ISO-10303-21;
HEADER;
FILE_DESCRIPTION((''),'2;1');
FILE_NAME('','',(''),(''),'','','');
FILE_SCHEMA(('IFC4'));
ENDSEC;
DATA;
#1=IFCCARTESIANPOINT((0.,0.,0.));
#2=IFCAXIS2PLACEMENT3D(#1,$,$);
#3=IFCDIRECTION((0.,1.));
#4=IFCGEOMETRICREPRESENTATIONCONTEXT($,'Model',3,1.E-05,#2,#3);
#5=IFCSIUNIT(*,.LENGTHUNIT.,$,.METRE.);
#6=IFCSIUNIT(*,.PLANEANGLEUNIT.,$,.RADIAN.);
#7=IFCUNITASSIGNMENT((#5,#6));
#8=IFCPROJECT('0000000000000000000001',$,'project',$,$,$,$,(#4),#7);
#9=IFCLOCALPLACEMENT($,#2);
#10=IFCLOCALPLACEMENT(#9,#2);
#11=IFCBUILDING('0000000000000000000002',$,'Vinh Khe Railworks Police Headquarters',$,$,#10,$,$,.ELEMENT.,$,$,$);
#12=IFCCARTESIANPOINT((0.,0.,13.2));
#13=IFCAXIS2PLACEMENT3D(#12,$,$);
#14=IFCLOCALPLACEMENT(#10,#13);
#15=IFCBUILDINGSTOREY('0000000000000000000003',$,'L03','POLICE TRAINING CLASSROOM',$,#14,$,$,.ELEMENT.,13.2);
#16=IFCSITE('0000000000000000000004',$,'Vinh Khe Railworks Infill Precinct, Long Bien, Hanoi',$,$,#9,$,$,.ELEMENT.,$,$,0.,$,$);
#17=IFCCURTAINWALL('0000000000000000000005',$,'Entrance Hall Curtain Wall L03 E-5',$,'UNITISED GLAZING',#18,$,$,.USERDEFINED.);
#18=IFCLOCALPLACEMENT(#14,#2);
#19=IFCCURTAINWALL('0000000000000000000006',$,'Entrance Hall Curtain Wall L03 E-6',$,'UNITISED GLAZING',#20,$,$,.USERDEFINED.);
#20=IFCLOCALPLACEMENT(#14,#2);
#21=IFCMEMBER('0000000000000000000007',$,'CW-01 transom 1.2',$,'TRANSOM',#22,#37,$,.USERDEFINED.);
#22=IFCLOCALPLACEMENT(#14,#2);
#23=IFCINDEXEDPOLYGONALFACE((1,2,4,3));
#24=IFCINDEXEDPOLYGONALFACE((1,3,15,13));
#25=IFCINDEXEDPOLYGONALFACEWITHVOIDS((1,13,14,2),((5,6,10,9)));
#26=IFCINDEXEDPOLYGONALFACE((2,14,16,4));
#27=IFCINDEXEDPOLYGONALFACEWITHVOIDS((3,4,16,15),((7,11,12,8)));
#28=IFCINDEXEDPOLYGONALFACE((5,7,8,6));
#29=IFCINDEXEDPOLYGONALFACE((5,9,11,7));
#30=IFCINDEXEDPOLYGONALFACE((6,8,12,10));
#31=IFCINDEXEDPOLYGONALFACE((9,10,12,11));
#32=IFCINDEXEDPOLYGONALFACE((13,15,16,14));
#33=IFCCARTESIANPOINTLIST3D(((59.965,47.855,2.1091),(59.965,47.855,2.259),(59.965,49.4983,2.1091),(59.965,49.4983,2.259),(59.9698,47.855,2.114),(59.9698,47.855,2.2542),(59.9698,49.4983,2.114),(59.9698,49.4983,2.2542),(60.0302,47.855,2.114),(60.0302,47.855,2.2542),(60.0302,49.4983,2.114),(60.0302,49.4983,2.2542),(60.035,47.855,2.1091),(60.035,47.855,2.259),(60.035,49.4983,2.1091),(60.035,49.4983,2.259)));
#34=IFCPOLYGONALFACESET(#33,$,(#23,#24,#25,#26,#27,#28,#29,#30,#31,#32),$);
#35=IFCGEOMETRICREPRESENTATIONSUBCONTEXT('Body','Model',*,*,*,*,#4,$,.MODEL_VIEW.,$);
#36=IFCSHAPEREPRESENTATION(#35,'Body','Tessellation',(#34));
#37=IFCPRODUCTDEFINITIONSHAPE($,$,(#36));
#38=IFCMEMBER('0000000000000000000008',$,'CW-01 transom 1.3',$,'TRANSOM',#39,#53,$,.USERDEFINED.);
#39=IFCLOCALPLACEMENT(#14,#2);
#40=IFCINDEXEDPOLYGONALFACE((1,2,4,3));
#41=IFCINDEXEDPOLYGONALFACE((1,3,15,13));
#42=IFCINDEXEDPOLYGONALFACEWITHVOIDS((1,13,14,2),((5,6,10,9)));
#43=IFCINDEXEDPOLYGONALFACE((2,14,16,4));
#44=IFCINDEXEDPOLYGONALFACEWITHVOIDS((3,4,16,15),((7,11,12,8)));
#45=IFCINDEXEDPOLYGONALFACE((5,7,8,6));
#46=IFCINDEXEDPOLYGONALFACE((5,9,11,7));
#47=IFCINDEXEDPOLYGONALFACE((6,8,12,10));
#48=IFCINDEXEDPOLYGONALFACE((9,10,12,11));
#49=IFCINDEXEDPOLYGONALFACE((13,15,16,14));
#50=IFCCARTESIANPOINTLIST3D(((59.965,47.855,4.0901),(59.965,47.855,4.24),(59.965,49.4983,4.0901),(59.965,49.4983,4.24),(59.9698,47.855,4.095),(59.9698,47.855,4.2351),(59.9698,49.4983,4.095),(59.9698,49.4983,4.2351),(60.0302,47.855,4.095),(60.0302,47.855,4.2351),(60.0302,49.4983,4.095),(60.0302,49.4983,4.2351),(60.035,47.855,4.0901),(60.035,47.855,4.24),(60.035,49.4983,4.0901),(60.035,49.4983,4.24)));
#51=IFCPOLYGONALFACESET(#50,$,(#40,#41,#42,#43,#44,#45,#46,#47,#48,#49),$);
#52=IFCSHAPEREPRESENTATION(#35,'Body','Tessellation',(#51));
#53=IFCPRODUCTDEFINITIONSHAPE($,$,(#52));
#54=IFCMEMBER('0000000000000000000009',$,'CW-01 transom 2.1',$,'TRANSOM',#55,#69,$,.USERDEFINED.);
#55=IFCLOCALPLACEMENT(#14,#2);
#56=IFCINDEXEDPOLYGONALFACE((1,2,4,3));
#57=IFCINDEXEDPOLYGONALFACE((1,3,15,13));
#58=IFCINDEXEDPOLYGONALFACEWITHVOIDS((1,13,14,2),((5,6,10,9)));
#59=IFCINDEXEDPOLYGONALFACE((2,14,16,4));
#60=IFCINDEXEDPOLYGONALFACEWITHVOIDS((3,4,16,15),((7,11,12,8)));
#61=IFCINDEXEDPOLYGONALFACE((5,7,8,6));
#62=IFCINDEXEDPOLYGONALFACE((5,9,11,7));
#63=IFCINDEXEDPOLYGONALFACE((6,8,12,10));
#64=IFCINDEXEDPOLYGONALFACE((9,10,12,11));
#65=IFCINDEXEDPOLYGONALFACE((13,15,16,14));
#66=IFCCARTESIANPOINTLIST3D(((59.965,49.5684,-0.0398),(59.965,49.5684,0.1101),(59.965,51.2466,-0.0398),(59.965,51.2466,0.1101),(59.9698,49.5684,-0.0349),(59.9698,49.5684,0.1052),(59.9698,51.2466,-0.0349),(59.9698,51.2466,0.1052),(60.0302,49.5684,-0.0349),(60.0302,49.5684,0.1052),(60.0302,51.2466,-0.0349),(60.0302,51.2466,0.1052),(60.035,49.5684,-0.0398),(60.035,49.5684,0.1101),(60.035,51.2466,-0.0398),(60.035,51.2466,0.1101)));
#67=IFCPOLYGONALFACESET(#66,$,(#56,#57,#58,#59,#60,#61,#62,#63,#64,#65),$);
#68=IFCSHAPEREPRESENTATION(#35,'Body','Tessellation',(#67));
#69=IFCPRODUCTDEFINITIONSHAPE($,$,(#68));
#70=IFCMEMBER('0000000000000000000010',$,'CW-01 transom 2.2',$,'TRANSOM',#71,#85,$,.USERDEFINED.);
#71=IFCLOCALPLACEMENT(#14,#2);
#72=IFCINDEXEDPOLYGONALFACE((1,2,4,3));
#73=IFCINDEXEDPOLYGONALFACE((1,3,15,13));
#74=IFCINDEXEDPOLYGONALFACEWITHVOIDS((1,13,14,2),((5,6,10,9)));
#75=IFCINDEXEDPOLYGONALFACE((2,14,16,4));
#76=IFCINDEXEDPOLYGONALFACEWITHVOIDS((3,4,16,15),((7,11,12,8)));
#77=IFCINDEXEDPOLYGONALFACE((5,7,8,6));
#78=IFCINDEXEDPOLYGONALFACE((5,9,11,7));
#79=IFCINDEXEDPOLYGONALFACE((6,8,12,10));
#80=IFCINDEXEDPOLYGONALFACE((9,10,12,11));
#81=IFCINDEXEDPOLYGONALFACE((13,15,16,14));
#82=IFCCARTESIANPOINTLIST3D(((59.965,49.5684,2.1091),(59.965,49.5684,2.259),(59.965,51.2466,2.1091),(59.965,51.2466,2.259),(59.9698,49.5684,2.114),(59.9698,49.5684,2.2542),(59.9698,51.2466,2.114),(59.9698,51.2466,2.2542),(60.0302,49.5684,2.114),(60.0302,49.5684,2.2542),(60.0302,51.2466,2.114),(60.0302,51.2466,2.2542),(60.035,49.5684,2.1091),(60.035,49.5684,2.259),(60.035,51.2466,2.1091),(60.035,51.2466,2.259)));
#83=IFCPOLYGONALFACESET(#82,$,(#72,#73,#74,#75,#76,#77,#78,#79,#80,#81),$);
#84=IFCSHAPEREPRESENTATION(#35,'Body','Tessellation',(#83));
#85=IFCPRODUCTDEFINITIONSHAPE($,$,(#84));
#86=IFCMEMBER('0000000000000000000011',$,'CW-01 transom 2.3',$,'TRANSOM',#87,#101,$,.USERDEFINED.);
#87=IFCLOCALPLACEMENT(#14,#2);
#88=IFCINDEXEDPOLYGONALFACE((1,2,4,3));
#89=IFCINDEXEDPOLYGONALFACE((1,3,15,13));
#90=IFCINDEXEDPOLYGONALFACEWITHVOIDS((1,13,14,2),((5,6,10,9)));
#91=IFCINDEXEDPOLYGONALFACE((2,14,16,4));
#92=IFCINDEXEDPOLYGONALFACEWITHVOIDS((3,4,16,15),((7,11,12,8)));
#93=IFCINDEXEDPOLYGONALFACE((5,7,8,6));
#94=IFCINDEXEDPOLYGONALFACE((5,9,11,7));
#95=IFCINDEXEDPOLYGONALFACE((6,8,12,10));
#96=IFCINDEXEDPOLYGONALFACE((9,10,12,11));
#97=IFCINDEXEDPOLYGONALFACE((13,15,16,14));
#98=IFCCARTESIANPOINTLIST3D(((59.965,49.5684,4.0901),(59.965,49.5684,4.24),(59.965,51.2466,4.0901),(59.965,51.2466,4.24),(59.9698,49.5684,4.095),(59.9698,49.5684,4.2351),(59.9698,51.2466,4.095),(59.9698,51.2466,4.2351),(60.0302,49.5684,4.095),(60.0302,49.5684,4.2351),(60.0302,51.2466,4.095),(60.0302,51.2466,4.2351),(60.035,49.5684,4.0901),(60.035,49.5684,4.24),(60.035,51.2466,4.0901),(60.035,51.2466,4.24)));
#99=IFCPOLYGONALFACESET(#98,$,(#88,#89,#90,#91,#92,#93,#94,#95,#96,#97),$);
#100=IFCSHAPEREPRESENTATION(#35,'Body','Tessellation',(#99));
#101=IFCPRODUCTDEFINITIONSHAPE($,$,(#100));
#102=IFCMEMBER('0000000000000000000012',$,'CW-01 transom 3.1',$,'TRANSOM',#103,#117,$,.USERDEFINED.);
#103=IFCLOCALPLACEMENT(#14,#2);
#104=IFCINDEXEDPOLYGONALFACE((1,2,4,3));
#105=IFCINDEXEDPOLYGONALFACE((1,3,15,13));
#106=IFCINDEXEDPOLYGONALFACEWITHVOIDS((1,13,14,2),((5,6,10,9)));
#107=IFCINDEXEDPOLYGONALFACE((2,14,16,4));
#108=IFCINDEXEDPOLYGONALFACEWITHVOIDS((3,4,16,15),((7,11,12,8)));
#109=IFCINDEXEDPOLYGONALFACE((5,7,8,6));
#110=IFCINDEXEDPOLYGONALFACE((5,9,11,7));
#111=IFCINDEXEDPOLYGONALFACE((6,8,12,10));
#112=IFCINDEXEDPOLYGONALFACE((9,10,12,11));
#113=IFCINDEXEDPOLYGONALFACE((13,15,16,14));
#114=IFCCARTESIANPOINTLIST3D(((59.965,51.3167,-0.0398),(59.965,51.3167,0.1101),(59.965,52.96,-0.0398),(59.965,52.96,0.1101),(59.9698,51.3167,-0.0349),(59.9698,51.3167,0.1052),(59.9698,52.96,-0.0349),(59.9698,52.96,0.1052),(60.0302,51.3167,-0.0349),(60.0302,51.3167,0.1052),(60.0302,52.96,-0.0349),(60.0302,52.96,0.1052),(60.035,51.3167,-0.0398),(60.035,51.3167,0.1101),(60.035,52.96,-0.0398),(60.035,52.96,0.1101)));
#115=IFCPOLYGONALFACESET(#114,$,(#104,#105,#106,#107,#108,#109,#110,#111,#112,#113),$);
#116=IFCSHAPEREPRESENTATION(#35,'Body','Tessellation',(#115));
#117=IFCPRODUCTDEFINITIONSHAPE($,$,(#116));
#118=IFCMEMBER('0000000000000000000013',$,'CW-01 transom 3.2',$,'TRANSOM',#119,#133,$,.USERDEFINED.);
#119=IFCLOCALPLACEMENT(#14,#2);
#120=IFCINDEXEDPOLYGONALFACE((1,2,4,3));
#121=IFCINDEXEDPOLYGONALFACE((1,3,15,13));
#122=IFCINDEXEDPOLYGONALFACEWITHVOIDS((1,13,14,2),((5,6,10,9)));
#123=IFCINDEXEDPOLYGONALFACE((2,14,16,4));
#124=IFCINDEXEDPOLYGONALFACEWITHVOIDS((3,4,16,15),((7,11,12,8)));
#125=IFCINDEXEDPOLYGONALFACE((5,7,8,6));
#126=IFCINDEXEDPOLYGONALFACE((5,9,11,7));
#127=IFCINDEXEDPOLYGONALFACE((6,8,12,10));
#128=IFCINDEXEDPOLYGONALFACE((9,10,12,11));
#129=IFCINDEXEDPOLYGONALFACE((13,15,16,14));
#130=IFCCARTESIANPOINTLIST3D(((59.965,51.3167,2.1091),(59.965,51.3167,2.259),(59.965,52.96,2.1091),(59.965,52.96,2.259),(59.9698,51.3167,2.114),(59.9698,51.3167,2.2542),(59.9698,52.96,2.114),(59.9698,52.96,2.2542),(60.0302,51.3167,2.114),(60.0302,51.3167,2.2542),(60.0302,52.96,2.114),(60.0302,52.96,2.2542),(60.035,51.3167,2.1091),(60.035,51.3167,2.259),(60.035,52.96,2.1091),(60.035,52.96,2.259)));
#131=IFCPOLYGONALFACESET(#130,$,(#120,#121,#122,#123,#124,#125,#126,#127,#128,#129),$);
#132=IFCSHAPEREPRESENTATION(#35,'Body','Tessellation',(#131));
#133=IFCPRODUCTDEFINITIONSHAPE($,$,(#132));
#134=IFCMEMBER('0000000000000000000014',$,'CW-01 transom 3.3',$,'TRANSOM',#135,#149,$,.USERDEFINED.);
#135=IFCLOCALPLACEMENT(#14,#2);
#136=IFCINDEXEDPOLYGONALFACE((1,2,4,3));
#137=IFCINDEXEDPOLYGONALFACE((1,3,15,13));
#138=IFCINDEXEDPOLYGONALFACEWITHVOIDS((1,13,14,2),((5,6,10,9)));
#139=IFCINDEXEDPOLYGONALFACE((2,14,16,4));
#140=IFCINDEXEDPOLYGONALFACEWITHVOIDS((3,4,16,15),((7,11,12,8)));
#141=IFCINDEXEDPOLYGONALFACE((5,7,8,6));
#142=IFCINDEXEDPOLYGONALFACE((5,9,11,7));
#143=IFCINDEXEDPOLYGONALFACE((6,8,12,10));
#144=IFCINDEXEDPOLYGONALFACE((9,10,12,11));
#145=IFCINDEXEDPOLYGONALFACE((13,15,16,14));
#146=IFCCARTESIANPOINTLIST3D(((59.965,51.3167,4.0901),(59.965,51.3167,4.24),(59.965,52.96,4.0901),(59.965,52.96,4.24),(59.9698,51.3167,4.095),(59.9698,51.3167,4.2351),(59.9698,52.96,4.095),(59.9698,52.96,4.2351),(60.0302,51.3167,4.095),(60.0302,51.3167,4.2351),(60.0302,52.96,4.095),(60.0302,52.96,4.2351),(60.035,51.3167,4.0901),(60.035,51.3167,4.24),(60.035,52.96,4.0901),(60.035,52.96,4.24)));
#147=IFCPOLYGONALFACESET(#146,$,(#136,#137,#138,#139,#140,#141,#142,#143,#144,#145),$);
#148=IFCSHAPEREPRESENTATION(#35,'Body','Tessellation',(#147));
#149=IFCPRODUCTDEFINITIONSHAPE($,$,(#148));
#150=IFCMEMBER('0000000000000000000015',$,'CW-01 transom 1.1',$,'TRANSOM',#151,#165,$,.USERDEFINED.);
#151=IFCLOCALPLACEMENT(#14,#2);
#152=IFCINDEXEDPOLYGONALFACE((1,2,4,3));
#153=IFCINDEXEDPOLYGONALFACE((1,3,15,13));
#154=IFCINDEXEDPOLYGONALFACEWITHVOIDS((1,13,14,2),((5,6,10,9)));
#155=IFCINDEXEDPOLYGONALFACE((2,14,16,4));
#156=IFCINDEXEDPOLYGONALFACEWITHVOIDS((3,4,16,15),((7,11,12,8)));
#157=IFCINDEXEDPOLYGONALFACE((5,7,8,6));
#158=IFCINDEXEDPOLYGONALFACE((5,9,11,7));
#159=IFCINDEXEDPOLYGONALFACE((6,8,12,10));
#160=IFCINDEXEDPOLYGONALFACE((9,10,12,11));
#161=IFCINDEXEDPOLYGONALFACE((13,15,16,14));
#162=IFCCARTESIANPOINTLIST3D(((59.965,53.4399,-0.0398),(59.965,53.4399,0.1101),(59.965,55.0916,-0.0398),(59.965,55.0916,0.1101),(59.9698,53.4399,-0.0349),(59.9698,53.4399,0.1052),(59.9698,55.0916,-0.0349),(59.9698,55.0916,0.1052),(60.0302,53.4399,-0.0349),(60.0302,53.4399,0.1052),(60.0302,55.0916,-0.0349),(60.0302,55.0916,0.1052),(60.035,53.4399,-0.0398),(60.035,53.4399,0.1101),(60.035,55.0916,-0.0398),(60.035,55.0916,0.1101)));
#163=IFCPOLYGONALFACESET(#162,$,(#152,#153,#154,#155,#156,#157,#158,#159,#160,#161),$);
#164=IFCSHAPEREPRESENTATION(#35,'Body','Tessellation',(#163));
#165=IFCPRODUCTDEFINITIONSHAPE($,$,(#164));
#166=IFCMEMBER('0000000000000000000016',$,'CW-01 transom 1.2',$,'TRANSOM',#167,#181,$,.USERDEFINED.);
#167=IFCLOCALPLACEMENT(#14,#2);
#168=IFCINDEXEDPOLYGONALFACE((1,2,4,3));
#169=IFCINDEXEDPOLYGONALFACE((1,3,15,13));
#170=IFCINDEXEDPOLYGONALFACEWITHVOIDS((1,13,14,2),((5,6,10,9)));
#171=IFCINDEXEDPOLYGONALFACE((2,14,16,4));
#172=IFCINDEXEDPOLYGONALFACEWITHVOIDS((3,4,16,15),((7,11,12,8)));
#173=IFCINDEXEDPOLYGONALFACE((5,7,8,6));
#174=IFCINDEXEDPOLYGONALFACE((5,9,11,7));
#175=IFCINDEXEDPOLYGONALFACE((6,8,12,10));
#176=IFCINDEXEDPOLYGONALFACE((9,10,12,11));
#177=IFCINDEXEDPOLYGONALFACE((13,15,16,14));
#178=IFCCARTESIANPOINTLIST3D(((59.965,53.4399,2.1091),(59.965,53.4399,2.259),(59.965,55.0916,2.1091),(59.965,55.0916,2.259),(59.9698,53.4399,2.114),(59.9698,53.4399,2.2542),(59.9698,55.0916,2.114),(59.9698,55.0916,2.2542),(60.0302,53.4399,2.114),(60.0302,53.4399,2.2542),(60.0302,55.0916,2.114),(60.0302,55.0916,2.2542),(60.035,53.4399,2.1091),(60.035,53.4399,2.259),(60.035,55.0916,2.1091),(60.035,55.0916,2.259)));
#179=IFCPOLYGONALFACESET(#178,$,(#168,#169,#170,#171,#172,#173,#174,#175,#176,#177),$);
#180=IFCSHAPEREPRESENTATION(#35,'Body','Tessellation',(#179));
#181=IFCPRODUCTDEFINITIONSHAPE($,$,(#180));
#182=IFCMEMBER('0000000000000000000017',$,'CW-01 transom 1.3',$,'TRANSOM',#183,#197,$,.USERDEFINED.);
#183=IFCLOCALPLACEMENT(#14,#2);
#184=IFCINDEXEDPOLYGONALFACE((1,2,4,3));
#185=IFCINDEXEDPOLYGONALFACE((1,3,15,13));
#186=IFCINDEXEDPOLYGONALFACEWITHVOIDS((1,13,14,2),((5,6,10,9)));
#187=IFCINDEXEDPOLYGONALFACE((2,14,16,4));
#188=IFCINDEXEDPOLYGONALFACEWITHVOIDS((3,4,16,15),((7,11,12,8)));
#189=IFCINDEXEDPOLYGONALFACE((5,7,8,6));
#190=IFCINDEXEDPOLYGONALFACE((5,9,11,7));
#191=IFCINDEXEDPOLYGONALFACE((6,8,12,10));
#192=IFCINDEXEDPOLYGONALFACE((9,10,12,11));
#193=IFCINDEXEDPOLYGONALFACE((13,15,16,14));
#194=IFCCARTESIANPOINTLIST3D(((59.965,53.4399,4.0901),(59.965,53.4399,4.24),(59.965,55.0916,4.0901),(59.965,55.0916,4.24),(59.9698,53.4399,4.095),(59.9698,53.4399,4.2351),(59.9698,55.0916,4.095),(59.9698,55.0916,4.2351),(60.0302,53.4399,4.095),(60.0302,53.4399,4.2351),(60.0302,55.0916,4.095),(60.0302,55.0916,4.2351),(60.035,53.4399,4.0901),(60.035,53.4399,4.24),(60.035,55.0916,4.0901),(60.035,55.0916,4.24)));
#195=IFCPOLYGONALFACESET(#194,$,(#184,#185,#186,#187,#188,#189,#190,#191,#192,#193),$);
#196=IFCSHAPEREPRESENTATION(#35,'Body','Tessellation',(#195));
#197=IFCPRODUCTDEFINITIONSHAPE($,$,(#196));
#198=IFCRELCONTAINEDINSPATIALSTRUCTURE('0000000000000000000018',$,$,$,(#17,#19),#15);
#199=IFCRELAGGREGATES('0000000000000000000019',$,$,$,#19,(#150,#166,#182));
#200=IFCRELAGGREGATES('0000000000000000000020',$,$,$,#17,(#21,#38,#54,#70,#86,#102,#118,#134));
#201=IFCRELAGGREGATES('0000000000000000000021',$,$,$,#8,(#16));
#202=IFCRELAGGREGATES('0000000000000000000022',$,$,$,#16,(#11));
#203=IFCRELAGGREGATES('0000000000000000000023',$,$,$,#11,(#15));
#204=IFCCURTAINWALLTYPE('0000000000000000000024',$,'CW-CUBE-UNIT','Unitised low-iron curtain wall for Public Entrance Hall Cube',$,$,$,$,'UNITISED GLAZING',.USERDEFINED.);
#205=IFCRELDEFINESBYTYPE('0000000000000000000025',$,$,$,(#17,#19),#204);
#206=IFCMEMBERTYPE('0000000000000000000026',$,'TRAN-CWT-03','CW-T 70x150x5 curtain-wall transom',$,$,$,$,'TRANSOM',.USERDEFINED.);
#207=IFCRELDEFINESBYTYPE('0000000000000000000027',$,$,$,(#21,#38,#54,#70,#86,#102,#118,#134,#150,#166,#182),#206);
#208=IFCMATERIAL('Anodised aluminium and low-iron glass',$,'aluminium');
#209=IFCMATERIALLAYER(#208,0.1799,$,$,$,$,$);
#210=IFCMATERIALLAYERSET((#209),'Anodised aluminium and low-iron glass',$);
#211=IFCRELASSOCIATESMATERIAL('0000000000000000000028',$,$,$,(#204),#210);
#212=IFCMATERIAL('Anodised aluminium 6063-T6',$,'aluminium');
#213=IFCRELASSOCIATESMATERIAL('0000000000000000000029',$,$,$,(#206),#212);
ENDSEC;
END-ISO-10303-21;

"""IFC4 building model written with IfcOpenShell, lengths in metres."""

from ifc_helpers import new_model, si_unit, direction, frame, origin, origin_2d, place, context, subcontext, project, spatial, hollow_rectangle, extrude, material, layer, layer_set, material_profile, profile_set, type_object, element, aggregate, save


model = new_model("IFC4")

# Units and contexts
model_context = context("Model", 3, precision=1e-05, world=origin(), true_north=direction((0.0, 1.0)))
body_context = subcontext(model_context, "Body", "Model", "MODEL_VIEW")
ifc_project = project(units=[si_unit("LENGTHUNIT", "METRE"), si_unit("PLANEANGLEUNIT", "RADIAN")], contexts=[model_context])

# Site, building, storey
site_placement = place(None, origin())
site = spatial("IfcSite", under=ifc_project, at=site_placement, Name="Vinh Khe Railworks Infill Precinct, Long Bien, Hanoi", CompositionType="ELEMENT", RefElevation=0.0)
building_placement = place(site_placement, origin())
building = spatial("IfcBuilding", under=site, at=building_placement, Name="Vinh Khe Railworks Police Headquarters", CompositionType="ELEMENT")
storey_placement = place(building_placement, frame((0.0, 0.0, 13.2)))
storey = spatial("IfcBuildingStorey", under=building, at=storey_placement, Name="L03", Description="POLICE TRAINING CLASSROOM", CompositionType="ELEMENT", Elevation=13.2)

# Shared definitions
ifc_material_1 = material(Name="Anodised aluminium and low-iron glass", Category="aluminium")
ifc_layer_1 = layer(ifc_material_1, 0.1799)
ifc_layer_set_1 = layer_set([ifc_layer_1], Name="Anodised aluminium and low-iron glass")
curtain_wall_type = type_object("IfcCurtainWallType", Name="CW-CUBE-UNIT", Description="Unitised low-iron curtain wall for Public Entrance Hall Cube", ElementType="UNITISED GLAZING", PredefinedType="USERDEFINED", material=ifc_layer_set_1)
ifc_material_2 = material(Name="Anodised aluminium 6063-T6", Category="aluminium")

# Curtain wall
curtain_wall_1_placement = place(storey_placement, origin())
curtain_wall_1 = element("IfcCurtainWall", 1, at=curtain_wall_1_placement, inside=storey, type_object=curtain_wall_type, Name="Entrance Hall Curtain Wall L03 E-5", ObjectType="UNITISED GLAZING", PredefinedType="USERDEFINED")

# Curtain wall
curtain_wall_2_placement = place(storey_placement, origin())
curtain_wall_2 = element("IfcCurtainWall", 2, at=curtain_wall_2_placement, inside=storey, type_object=curtain_wall_type, Name="Entrance Hall Curtain Wall L03 E-6", ObjectType="UNITISED GLAZING", PredefinedType="USERDEFINED")

# Members
ifc_material_profile_1 = material_profile(ifc_material_2, hollow_rectangle(XDim=0.0701, YDim=0.1499, WallThickness=0.0049, at=origin_2d()), Name="CW-T 70x150x5")
ifc_profile_set_1 = profile_set([ifc_material_profile_1], Name="Anodised aluminium 6063-T6")
member_type_1 = type_object("IfcMemberType", Name="TRAN-CWT-03", Description="CW-T 70x150x5 curtain-wall transom", ElementType="TRANSOM", PredefinedType="USERDEFINED", material=ifc_profile_set_1)
member_1_placement = place(storey_placement, frame((60.0, 47.855, 2.1841), z_axis=(0.0, 1.0, 0.0), x_axis=(-1.0, 0.0, 0.0)))
member_1 = element("IfcMember", 3, at=member_1_placement, type_object=member_type_1, Name="CW-01 transom 1.2", ObjectType="TRANSOM", PredefinedType="USERDEFINED", context=body_context, shape_type="SweptSolid", body=[
    extrude(hollow_rectangle(XDim=0.0701, YDim=0.1499, WallThickness=0.0049, at=origin_2d()), origin(), (0.0, 0.0, 1.0), 1.6433),
])
member_2_placement = place(storey_placement, frame((60.0, 47.855, 4.165), z_axis=(0.0, 1.0, 0.0), x_axis=(-1.0, 0.0, 0.0)))
member_2 = element("IfcMember", 4, at=member_2_placement, type_object=member_type_1, Name="CW-01 transom 1.3", ObjectType="TRANSOM", PredefinedType="USERDEFINED", context=body_context, shape_type="SweptSolid", body=[
    extrude(hollow_rectangle(XDim=0.0701, YDim=0.1499, WallThickness=0.0049, at=origin_2d()), origin(), (0.0, 0.0, 1.0), 1.6433),
])
member_3_placement = place(storey_placement, frame((60.0, 49.5684, 0.0352), z_axis=(0.0, 1.0, 0.0), x_axis=(-1.0, 0.0, 0.0)))
member_3 = element("IfcMember", 5, at=member_3_placement, type_object=member_type_1, Name="CW-01 transom 2.1", ObjectType="TRANSOM", PredefinedType="USERDEFINED", context=body_context, shape_type="SweptSolid", body=[
    extrude(hollow_rectangle(XDim=0.0701, YDim=0.1499, WallThickness=0.0049, at=origin_2d()), origin(), (0.0, 0.0, 1.0), 1.6782),
])
member_4_placement = place(storey_placement, frame((60.0, 49.5684, 2.1841), z_axis=(0.0, 1.0, 0.0), x_axis=(-1.0, 0.0, 0.0)))
member_4 = element("IfcMember", 6, at=member_4_placement, type_object=member_type_1, Name="CW-01 transom 2.2", ObjectType="TRANSOM", PredefinedType="USERDEFINED", context=body_context, shape_type="SweptSolid", body=[
    extrude(hollow_rectangle(XDim=0.0701, YDim=0.1499, WallThickness=0.0049, at=origin_2d()), origin(), (0.0, 0.0, 1.0), 1.6782),
])
member_5_placement = place(storey_placement, frame((60.0, 49.5684, 4.165), z_axis=(0.0, 1.0, 0.0), x_axis=(-1.0, 0.0, 0.0)))
member_5 = element("IfcMember", 7, at=member_5_placement, type_object=member_type_1, Name="CW-01 transom 2.3", ObjectType="TRANSOM", PredefinedType="USERDEFINED", context=body_context, shape_type="SweptSolid", body=[
    extrude(hollow_rectangle(XDim=0.0701, YDim=0.1499, WallThickness=0.0049, at=origin_2d()), origin(), (0.0, 0.0, 1.0), 1.6782),
])
member_6_placement = place(storey_placement, frame((60.0, 51.3167, 0.0352), z_axis=(0.0, 1.0, 0.0), x_axis=(-1.0, 0.0, 0.0)))
member_6 = element("IfcMember", 8, at=member_6_placement, type_object=member_type_1, Name="CW-01 transom 3.1", ObjectType="TRANSOM", PredefinedType="USERDEFINED", context=body_context, shape_type="SweptSolid", body=[
    extrude(hollow_rectangle(XDim=0.0701, YDim=0.1499, WallThickness=0.0049, at=origin_2d()), origin(), (0.0, 0.0, 1.0), 1.6433),
])
member_7_placement = place(storey_placement, frame((60.0, 51.3167, 2.1841), z_axis=(0.0, 1.0, 0.0), x_axis=(-1.0, 0.0, 0.0)))
member_7 = element("IfcMember", 9, at=member_7_placement, type_object=member_type_1, Name="CW-01 transom 3.2", ObjectType="TRANSOM", PredefinedType="USERDEFINED", context=body_context, shape_type="SweptSolid", body=[
    extrude(hollow_rectangle(XDim=0.0701, YDim=0.1499, WallThickness=0.0049, at=origin_2d()), origin(), (0.0, 0.0, 1.0), 1.6433),
])
member_8_placement = place(storey_placement, frame((60.0, 51.3167, 4.165), z_axis=(0.0, 1.0, 0.0), x_axis=(-1.0, 0.0, 0.0)))
member_8 = element("IfcMember", 10, at=member_8_placement, type_object=member_type_1, Name="CW-01 transom 3.3", ObjectType="TRANSOM", PredefinedType="USERDEFINED", context=body_context, shape_type="SweptSolid", body=[
    extrude(hollow_rectangle(XDim=0.0701, YDim=0.1499, WallThickness=0.0049, at=origin_2d()), origin(), (0.0, 0.0, 1.0), 1.6433),
])
member_9_placement = place(storey_placement, frame((60.0, 53.4399, 0.0352), z_axis=(0.0, 1.0, 0.0), x_axis=(-1.0, 0.0, 0.0)))
member_9 = element("IfcMember", 11, at=member_9_placement, type_object=member_type_1, Name="CW-01 transom 1.1", ObjectType="TRANSOM", PredefinedType="USERDEFINED", context=body_context, shape_type="SweptSolid", body=[
    extrude(hollow_rectangle(XDim=0.0701, YDim=0.1499, WallThickness=0.0049, at=origin_2d()), origin(), (0.0, 0.0, 1.0), 1.6516),
])
member_10_placement = place(storey_placement, frame((60.0, 53.4399, 2.1841), z_axis=(0.0, 1.0, 0.0), x_axis=(-1.0, 0.0, 0.0)))
member_10 = element("IfcMember", 12, at=member_10_placement, type_object=member_type_1, Name="CW-01 transom 1.2", ObjectType="TRANSOM", PredefinedType="USERDEFINED", context=body_context, shape_type="SweptSolid", body=[
    extrude(hollow_rectangle(XDim=0.0701, YDim=0.1499, WallThickness=0.0049, at=origin_2d()), origin(), (0.0, 0.0, 1.0), 1.6516),
])
member_11_placement = place(storey_placement, frame((60.0, 53.4399, 4.165), z_axis=(0.0, 1.0, 0.0), x_axis=(-1.0, 0.0, 0.0)))
member_11 = element("IfcMember", 13, at=member_11_placement, type_object=member_type_1, Name="CW-01 transom 1.3", ObjectType="TRANSOM", PredefinedType="USERDEFINED", context=body_context, shape_type="SweptSolid", body=[
    extrude(hollow_rectangle(XDim=0.0701, YDim=0.1499, WallThickness=0.0049, at=origin_2d()), origin(), (0.0, 0.0, 1.0), 1.6516),
])
aggregate(curtain_wall_2, [member_9, member_10, member_11])

aggregate(curtain_wall_1, [member_1, member_2, member_3, member_4, member_5, member_6, member_7, member_8])

save(model, "model.ifc")
